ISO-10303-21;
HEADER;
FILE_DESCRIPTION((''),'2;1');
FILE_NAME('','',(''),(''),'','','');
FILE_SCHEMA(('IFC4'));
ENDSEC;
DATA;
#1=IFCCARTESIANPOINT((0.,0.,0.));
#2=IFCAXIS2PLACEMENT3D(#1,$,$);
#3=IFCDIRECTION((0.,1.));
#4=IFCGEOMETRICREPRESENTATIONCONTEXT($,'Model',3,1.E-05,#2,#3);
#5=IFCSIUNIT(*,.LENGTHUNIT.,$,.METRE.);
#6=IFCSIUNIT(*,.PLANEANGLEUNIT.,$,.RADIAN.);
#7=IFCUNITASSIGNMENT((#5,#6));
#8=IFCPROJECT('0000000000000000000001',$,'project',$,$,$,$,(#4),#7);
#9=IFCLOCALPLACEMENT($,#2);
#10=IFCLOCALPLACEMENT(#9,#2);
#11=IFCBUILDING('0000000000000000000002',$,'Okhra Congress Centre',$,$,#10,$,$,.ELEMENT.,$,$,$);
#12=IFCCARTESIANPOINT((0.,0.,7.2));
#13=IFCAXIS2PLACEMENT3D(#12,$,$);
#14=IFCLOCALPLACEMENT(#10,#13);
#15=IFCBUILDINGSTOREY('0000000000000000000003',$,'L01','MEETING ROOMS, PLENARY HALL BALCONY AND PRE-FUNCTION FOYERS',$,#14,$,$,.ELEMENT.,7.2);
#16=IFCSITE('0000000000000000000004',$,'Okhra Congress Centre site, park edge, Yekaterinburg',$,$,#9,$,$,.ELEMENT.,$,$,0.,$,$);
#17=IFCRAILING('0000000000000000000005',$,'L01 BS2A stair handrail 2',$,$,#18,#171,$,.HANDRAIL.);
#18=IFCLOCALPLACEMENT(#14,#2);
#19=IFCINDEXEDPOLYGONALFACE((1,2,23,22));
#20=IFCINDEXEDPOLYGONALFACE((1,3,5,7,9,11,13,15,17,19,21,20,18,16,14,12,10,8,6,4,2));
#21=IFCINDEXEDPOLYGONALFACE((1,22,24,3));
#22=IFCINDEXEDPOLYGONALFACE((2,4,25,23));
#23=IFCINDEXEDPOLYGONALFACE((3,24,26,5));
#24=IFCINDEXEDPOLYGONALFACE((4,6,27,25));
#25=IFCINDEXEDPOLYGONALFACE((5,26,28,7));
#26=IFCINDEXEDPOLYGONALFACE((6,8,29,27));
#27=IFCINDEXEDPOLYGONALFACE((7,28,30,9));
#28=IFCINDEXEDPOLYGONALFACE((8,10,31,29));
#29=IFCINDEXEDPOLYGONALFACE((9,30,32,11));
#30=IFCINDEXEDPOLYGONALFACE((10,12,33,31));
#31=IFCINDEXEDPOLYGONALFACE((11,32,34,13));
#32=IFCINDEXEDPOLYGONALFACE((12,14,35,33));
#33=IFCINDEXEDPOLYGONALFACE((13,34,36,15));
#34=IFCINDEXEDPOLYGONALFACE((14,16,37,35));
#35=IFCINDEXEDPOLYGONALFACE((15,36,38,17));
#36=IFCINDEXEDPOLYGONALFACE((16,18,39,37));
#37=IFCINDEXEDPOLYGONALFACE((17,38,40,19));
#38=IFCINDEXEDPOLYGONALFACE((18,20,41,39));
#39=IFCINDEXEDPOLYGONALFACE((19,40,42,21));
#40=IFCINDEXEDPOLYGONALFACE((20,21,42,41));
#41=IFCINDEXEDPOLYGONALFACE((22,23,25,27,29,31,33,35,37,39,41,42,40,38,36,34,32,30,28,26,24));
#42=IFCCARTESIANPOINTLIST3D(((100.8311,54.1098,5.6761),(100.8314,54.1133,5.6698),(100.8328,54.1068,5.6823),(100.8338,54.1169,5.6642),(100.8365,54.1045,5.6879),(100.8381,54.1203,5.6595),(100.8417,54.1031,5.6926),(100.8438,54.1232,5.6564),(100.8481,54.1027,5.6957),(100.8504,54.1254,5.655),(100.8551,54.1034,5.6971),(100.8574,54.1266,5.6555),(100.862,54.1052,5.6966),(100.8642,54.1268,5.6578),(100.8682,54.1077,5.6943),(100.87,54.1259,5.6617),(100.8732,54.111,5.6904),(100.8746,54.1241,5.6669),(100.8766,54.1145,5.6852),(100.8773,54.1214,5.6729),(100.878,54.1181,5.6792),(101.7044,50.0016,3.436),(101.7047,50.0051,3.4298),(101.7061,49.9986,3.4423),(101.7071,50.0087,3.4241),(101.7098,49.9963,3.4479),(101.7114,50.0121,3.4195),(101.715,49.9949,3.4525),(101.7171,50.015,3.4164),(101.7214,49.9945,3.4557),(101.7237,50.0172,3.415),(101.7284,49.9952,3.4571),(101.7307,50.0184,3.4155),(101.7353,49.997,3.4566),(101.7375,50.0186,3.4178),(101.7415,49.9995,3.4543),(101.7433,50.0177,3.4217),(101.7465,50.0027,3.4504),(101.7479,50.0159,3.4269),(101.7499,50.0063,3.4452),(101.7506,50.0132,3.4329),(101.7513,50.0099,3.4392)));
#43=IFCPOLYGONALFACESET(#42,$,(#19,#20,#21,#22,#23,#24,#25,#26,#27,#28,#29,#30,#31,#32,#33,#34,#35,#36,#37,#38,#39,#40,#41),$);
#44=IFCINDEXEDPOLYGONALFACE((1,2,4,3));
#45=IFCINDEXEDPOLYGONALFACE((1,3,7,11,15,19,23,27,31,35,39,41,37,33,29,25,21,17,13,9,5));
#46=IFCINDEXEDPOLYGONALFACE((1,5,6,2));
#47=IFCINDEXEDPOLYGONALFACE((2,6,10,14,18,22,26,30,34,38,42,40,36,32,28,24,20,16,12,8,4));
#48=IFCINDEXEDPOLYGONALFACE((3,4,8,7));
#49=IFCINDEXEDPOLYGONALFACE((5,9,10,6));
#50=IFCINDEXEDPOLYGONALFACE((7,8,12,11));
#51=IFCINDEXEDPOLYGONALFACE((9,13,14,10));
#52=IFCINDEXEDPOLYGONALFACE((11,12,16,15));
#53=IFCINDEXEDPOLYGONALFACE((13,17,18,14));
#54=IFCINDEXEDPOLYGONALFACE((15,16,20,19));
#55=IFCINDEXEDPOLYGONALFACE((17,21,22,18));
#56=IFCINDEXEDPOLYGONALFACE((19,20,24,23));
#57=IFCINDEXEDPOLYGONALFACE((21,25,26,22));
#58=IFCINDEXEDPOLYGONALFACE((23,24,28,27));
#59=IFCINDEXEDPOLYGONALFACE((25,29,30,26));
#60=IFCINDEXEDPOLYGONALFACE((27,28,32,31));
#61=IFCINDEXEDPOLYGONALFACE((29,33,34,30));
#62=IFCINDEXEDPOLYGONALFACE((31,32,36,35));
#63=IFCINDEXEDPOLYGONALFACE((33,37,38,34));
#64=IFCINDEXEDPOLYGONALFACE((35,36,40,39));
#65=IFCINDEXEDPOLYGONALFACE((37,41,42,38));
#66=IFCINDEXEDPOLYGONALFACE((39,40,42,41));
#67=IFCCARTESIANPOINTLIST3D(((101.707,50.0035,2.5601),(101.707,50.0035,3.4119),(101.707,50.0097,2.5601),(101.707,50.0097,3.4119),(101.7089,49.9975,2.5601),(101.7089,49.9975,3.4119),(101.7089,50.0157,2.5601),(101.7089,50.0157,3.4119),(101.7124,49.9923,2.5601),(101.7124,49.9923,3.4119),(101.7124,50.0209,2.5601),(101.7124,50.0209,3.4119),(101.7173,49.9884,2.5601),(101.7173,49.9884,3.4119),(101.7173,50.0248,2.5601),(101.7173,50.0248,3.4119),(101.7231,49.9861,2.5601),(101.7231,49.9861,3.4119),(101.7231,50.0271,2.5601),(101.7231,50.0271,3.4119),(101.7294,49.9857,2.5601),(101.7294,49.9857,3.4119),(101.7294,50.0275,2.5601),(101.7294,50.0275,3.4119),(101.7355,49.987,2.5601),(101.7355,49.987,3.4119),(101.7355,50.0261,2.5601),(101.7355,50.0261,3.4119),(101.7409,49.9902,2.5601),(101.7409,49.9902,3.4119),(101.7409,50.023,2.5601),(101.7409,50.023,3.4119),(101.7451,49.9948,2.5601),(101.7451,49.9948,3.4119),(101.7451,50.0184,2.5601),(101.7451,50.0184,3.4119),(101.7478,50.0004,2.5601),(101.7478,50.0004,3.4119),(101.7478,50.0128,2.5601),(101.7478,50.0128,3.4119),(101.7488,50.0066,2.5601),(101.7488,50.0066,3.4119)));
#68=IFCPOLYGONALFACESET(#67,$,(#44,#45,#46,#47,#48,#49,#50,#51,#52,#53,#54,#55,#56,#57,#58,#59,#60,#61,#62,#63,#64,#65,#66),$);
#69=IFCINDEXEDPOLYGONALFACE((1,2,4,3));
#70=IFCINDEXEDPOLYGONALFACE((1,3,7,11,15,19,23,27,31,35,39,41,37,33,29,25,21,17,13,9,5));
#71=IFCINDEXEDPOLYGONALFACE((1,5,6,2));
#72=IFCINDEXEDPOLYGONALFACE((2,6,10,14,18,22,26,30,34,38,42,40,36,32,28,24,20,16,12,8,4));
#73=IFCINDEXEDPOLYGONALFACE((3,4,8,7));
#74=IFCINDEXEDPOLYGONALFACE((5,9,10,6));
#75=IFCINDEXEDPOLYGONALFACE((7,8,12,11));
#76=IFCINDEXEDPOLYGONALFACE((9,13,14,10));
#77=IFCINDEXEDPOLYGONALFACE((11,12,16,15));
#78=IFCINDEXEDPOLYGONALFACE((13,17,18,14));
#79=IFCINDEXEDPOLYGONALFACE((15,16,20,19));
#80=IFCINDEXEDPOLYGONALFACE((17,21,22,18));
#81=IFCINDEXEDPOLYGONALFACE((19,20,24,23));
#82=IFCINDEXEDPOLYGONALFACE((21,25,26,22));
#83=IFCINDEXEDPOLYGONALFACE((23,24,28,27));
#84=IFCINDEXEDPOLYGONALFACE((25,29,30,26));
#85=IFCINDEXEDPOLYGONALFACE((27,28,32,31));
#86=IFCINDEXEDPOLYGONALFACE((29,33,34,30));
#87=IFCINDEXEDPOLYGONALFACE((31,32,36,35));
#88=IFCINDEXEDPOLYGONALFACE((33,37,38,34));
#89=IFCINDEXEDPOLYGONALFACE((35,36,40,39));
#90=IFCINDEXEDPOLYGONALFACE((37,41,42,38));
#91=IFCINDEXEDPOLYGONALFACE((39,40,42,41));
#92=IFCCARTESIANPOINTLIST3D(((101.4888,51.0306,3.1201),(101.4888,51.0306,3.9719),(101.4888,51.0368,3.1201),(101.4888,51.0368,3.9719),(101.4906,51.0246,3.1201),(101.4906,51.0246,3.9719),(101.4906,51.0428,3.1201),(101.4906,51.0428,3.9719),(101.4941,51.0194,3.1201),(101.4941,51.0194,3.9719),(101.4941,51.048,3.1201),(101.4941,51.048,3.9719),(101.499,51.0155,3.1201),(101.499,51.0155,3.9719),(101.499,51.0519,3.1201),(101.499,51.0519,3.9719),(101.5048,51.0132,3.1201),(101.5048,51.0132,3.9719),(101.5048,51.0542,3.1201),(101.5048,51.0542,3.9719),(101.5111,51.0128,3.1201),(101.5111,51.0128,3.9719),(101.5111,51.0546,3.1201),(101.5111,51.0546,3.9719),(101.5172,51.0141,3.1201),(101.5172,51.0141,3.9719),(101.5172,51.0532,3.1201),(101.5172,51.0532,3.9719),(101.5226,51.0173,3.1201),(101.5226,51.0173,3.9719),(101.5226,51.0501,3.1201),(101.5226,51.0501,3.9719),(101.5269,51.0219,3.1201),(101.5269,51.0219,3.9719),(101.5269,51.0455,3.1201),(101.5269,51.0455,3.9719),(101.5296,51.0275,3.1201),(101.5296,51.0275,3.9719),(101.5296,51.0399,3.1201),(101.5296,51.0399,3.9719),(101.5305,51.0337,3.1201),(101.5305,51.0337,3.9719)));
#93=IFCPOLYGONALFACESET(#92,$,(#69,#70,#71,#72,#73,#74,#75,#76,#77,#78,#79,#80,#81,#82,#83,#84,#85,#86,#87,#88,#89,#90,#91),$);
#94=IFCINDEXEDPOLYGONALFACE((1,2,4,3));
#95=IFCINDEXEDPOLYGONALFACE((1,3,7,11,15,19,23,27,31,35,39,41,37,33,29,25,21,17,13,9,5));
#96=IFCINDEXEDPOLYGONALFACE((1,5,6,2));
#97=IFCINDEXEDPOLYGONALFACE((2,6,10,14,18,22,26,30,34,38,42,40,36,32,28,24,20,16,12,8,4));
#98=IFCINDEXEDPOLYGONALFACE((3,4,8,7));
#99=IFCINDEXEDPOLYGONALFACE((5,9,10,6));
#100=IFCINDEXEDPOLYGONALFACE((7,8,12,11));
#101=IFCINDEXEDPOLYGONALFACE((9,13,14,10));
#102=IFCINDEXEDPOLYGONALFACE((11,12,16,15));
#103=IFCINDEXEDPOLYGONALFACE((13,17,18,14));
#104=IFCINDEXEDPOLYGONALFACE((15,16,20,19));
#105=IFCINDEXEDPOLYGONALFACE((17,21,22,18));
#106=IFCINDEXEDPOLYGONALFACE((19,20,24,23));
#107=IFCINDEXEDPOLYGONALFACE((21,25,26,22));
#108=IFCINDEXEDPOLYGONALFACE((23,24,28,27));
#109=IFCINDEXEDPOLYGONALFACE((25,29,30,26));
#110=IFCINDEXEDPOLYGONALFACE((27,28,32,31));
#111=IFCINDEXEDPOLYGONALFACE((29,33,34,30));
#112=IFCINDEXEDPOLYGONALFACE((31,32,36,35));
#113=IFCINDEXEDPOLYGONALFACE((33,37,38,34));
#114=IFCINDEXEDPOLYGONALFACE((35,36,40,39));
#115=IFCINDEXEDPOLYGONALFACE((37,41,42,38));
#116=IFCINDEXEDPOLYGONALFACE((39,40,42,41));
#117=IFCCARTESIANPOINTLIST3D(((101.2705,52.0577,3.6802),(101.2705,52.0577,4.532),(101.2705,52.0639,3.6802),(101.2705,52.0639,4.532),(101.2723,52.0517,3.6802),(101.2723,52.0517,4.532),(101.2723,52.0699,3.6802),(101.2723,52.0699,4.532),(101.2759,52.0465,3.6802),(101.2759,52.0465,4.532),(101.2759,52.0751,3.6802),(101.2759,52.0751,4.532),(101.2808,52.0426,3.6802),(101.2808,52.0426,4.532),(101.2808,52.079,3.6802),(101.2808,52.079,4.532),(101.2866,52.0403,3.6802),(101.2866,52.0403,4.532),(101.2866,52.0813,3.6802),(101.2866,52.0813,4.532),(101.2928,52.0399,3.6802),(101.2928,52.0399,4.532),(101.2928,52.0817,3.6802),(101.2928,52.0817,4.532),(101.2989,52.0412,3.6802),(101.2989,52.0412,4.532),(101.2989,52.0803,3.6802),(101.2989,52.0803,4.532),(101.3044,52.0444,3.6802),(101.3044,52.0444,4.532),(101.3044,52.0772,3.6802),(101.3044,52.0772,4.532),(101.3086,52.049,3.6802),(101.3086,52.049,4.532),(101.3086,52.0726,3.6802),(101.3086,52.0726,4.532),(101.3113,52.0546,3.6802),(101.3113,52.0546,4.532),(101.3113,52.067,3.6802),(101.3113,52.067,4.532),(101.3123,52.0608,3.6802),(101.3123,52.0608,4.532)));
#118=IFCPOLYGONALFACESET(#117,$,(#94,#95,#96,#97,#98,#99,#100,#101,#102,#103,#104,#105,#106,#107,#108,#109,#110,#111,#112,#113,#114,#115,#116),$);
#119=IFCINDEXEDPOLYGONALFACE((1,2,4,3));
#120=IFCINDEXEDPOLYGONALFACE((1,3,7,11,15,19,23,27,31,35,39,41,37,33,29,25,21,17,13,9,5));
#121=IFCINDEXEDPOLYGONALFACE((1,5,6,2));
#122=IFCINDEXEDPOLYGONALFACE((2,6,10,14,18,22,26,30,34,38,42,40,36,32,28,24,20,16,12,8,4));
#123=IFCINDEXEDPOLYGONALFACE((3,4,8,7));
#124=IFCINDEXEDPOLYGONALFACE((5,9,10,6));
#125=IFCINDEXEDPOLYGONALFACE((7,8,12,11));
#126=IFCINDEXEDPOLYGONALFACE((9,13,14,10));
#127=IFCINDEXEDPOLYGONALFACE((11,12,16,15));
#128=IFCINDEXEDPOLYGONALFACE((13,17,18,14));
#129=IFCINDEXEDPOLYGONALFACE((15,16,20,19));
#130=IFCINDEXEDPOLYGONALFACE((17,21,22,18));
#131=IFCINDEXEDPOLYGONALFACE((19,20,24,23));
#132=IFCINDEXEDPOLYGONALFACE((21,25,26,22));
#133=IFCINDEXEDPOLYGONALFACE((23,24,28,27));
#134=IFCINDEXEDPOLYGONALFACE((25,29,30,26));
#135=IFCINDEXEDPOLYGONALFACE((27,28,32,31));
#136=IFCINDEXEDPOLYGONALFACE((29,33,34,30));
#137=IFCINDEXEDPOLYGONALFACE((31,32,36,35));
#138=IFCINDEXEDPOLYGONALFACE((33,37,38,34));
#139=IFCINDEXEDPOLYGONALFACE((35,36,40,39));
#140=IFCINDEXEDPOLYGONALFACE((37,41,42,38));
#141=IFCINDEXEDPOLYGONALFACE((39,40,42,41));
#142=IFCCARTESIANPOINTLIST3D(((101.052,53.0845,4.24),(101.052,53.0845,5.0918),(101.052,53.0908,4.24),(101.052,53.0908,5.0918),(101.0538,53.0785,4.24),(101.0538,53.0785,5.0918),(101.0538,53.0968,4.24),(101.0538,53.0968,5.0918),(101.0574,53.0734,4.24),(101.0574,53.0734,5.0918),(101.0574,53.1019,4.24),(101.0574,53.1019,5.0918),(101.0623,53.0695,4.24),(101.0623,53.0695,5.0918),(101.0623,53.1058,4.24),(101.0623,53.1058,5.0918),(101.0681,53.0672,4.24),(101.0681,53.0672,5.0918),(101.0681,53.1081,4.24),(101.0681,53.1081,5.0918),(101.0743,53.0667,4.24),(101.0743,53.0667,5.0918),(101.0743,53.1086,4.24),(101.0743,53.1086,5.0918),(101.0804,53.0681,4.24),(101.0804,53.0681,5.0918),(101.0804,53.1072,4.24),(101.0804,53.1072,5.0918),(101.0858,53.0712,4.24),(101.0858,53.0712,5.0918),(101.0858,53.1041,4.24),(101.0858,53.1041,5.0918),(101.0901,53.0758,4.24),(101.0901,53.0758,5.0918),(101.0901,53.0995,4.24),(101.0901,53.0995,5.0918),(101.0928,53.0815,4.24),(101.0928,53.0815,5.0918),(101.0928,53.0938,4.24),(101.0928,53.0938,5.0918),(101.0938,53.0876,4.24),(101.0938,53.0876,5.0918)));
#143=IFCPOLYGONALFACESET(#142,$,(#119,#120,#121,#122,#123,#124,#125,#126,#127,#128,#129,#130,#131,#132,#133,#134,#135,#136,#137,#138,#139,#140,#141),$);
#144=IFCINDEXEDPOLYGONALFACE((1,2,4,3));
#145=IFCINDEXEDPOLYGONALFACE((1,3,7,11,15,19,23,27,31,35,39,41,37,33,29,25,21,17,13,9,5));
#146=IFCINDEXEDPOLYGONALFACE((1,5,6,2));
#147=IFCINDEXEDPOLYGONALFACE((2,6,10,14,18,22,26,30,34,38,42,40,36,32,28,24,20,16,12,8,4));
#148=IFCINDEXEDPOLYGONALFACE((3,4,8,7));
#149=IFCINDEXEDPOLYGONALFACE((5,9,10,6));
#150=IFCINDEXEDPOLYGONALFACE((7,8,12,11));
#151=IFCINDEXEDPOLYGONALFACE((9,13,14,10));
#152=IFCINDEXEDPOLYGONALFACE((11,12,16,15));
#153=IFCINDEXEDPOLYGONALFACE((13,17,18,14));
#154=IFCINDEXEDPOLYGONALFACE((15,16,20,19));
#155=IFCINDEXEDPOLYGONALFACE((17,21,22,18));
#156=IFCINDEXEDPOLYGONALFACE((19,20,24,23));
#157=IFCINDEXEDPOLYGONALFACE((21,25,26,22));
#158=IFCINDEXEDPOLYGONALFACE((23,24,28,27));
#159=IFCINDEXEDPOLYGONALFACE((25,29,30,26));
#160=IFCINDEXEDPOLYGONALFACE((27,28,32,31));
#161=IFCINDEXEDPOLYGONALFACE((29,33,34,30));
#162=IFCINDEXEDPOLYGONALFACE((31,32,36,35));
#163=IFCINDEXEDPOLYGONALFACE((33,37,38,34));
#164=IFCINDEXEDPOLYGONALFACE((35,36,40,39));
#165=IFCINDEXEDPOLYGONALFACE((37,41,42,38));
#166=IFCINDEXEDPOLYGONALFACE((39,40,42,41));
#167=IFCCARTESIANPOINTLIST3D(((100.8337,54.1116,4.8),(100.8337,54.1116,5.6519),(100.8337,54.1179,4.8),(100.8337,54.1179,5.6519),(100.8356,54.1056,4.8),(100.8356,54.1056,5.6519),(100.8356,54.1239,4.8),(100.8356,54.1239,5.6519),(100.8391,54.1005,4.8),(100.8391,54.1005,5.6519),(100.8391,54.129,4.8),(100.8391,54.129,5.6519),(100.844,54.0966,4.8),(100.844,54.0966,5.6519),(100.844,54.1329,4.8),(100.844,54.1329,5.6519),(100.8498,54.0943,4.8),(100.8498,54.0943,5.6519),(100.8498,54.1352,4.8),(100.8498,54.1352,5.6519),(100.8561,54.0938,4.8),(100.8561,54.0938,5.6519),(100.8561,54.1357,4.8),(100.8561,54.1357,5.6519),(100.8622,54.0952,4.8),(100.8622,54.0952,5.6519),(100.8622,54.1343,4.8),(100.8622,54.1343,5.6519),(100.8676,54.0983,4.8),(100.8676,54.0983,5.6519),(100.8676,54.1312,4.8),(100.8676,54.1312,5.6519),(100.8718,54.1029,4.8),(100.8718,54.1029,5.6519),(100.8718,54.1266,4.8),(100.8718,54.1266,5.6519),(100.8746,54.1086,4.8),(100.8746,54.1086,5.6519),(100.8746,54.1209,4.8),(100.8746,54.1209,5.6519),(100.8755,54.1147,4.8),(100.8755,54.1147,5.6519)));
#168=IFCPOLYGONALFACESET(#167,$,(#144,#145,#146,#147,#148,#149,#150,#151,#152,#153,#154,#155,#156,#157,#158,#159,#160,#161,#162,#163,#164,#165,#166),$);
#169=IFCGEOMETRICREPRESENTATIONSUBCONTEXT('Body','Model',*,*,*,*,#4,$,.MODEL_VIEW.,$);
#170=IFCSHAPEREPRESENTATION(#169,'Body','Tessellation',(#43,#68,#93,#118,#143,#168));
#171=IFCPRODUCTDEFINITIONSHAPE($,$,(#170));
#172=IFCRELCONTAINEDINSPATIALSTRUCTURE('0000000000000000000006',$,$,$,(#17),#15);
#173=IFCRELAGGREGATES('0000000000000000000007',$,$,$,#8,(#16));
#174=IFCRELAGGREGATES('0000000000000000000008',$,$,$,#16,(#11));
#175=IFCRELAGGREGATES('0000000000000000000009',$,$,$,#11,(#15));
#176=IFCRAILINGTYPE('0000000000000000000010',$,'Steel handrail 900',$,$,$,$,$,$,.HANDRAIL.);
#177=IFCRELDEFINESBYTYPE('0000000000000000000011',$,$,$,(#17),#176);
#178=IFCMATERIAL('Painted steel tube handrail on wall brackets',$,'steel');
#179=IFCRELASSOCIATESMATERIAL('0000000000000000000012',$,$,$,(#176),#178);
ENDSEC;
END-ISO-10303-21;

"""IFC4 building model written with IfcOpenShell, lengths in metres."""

from ifc_helpers import new_model, si_unit, direction, frame, origin, origin_2d, place, context, subcontext, project, spatial, circle, extrude, material, type_object, element, save


model = new_model("IFC4")

# Units and contexts
model_context = context("Model", 3, precision=1e-05, world=origin(), true_north=direction((0.0, 1.0)))
body_context = subcontext(model_context, "Body", "Model", "MODEL_VIEW")
ifc_project = project(units=[si_unit("LENGTHUNIT", "METRE"), si_unit("PLANEANGLEUNIT", "RADIAN")], contexts=[model_context])

# Site, building, storey
site_placement = place(None, origin())
site = spatial("IfcSite", under=ifc_project, at=site_placement, Name="Okhra Congress Centre site, park edge, Yekaterinburg", CompositionType="ELEMENT", RefElevation=0.0)
building_placement = place(site_placement, origin())
building = spatial("IfcBuilding", under=site, at=building_placement, Name="Okhra Congress Centre", CompositionType="ELEMENT")
storey_placement = place(building_placement, frame((0.0, 0.0, 7.2)))
storey = spatial("IfcBuildingStorey", under=building, at=storey_placement, Name="L01", Description="MEETING ROOMS, PLENARY HALL BALCONY AND PRE-FUNCTION FOYERS", CompositionType="ELEMENT", Elevation=7.2)

# Railing
ifc_material_1 = material(Name="Painted steel tube handrail on wall brackets", Category="steel")
railing_type_1 = type_object("IfcRailingType", Name="Steel handrail 900", PredefinedType="HANDRAIL", material=ifc_material_1)
railing_1_placement = place(storey_placement, frame((101.7278, 50.0066, 2.5601)))
element("IfcRailing", 1, at=railing_1_placement, inside=storey, type_object=railing_type_1, Name="L01 BS2A stair handrail 2", PredefinedType="HANDRAIL", context=body_context, shape_type="SweptSolid", body=[
    extrude(circle(Radius=0.0239, at=origin_2d()), frame((0.0, 0.0, 0.876), z_axis=(-0.183466, 0.863067, 0.470591), x_axis=(-0.978144, -0.207929, 0.0)), (0.0, 0.0, 1.0), 4.76),
    extrude(circle(Radius=0.021, at=origin_2d()), origin(), (0.0, 0.0, 1.0), 0.8518),
    extrude(circle(Radius=0.021, at=origin_2d()), frame((-0.2183, 1.0271, 0.5601)), (0.0, 0.0, 1.0), 0.8518),
    extrude(circle(Radius=0.021, at=origin_2d()), frame((-0.4365, 2.0542, 1.1201)), (0.0, 0.0, 1.0), 0.8518),
    extrude(circle(Radius=0.021, at=origin_2d()), frame((-0.655, 3.0811, 1.6799)), (0.0, 0.0, 1.0), 0.8518),
    extrude(circle(Radius=0.021, at=origin_2d()), frame((-0.8733, 4.1082, 2.24)), (0.0, 0.0, 1.0), 0.8518),
])

save(model, "model.ifc")
